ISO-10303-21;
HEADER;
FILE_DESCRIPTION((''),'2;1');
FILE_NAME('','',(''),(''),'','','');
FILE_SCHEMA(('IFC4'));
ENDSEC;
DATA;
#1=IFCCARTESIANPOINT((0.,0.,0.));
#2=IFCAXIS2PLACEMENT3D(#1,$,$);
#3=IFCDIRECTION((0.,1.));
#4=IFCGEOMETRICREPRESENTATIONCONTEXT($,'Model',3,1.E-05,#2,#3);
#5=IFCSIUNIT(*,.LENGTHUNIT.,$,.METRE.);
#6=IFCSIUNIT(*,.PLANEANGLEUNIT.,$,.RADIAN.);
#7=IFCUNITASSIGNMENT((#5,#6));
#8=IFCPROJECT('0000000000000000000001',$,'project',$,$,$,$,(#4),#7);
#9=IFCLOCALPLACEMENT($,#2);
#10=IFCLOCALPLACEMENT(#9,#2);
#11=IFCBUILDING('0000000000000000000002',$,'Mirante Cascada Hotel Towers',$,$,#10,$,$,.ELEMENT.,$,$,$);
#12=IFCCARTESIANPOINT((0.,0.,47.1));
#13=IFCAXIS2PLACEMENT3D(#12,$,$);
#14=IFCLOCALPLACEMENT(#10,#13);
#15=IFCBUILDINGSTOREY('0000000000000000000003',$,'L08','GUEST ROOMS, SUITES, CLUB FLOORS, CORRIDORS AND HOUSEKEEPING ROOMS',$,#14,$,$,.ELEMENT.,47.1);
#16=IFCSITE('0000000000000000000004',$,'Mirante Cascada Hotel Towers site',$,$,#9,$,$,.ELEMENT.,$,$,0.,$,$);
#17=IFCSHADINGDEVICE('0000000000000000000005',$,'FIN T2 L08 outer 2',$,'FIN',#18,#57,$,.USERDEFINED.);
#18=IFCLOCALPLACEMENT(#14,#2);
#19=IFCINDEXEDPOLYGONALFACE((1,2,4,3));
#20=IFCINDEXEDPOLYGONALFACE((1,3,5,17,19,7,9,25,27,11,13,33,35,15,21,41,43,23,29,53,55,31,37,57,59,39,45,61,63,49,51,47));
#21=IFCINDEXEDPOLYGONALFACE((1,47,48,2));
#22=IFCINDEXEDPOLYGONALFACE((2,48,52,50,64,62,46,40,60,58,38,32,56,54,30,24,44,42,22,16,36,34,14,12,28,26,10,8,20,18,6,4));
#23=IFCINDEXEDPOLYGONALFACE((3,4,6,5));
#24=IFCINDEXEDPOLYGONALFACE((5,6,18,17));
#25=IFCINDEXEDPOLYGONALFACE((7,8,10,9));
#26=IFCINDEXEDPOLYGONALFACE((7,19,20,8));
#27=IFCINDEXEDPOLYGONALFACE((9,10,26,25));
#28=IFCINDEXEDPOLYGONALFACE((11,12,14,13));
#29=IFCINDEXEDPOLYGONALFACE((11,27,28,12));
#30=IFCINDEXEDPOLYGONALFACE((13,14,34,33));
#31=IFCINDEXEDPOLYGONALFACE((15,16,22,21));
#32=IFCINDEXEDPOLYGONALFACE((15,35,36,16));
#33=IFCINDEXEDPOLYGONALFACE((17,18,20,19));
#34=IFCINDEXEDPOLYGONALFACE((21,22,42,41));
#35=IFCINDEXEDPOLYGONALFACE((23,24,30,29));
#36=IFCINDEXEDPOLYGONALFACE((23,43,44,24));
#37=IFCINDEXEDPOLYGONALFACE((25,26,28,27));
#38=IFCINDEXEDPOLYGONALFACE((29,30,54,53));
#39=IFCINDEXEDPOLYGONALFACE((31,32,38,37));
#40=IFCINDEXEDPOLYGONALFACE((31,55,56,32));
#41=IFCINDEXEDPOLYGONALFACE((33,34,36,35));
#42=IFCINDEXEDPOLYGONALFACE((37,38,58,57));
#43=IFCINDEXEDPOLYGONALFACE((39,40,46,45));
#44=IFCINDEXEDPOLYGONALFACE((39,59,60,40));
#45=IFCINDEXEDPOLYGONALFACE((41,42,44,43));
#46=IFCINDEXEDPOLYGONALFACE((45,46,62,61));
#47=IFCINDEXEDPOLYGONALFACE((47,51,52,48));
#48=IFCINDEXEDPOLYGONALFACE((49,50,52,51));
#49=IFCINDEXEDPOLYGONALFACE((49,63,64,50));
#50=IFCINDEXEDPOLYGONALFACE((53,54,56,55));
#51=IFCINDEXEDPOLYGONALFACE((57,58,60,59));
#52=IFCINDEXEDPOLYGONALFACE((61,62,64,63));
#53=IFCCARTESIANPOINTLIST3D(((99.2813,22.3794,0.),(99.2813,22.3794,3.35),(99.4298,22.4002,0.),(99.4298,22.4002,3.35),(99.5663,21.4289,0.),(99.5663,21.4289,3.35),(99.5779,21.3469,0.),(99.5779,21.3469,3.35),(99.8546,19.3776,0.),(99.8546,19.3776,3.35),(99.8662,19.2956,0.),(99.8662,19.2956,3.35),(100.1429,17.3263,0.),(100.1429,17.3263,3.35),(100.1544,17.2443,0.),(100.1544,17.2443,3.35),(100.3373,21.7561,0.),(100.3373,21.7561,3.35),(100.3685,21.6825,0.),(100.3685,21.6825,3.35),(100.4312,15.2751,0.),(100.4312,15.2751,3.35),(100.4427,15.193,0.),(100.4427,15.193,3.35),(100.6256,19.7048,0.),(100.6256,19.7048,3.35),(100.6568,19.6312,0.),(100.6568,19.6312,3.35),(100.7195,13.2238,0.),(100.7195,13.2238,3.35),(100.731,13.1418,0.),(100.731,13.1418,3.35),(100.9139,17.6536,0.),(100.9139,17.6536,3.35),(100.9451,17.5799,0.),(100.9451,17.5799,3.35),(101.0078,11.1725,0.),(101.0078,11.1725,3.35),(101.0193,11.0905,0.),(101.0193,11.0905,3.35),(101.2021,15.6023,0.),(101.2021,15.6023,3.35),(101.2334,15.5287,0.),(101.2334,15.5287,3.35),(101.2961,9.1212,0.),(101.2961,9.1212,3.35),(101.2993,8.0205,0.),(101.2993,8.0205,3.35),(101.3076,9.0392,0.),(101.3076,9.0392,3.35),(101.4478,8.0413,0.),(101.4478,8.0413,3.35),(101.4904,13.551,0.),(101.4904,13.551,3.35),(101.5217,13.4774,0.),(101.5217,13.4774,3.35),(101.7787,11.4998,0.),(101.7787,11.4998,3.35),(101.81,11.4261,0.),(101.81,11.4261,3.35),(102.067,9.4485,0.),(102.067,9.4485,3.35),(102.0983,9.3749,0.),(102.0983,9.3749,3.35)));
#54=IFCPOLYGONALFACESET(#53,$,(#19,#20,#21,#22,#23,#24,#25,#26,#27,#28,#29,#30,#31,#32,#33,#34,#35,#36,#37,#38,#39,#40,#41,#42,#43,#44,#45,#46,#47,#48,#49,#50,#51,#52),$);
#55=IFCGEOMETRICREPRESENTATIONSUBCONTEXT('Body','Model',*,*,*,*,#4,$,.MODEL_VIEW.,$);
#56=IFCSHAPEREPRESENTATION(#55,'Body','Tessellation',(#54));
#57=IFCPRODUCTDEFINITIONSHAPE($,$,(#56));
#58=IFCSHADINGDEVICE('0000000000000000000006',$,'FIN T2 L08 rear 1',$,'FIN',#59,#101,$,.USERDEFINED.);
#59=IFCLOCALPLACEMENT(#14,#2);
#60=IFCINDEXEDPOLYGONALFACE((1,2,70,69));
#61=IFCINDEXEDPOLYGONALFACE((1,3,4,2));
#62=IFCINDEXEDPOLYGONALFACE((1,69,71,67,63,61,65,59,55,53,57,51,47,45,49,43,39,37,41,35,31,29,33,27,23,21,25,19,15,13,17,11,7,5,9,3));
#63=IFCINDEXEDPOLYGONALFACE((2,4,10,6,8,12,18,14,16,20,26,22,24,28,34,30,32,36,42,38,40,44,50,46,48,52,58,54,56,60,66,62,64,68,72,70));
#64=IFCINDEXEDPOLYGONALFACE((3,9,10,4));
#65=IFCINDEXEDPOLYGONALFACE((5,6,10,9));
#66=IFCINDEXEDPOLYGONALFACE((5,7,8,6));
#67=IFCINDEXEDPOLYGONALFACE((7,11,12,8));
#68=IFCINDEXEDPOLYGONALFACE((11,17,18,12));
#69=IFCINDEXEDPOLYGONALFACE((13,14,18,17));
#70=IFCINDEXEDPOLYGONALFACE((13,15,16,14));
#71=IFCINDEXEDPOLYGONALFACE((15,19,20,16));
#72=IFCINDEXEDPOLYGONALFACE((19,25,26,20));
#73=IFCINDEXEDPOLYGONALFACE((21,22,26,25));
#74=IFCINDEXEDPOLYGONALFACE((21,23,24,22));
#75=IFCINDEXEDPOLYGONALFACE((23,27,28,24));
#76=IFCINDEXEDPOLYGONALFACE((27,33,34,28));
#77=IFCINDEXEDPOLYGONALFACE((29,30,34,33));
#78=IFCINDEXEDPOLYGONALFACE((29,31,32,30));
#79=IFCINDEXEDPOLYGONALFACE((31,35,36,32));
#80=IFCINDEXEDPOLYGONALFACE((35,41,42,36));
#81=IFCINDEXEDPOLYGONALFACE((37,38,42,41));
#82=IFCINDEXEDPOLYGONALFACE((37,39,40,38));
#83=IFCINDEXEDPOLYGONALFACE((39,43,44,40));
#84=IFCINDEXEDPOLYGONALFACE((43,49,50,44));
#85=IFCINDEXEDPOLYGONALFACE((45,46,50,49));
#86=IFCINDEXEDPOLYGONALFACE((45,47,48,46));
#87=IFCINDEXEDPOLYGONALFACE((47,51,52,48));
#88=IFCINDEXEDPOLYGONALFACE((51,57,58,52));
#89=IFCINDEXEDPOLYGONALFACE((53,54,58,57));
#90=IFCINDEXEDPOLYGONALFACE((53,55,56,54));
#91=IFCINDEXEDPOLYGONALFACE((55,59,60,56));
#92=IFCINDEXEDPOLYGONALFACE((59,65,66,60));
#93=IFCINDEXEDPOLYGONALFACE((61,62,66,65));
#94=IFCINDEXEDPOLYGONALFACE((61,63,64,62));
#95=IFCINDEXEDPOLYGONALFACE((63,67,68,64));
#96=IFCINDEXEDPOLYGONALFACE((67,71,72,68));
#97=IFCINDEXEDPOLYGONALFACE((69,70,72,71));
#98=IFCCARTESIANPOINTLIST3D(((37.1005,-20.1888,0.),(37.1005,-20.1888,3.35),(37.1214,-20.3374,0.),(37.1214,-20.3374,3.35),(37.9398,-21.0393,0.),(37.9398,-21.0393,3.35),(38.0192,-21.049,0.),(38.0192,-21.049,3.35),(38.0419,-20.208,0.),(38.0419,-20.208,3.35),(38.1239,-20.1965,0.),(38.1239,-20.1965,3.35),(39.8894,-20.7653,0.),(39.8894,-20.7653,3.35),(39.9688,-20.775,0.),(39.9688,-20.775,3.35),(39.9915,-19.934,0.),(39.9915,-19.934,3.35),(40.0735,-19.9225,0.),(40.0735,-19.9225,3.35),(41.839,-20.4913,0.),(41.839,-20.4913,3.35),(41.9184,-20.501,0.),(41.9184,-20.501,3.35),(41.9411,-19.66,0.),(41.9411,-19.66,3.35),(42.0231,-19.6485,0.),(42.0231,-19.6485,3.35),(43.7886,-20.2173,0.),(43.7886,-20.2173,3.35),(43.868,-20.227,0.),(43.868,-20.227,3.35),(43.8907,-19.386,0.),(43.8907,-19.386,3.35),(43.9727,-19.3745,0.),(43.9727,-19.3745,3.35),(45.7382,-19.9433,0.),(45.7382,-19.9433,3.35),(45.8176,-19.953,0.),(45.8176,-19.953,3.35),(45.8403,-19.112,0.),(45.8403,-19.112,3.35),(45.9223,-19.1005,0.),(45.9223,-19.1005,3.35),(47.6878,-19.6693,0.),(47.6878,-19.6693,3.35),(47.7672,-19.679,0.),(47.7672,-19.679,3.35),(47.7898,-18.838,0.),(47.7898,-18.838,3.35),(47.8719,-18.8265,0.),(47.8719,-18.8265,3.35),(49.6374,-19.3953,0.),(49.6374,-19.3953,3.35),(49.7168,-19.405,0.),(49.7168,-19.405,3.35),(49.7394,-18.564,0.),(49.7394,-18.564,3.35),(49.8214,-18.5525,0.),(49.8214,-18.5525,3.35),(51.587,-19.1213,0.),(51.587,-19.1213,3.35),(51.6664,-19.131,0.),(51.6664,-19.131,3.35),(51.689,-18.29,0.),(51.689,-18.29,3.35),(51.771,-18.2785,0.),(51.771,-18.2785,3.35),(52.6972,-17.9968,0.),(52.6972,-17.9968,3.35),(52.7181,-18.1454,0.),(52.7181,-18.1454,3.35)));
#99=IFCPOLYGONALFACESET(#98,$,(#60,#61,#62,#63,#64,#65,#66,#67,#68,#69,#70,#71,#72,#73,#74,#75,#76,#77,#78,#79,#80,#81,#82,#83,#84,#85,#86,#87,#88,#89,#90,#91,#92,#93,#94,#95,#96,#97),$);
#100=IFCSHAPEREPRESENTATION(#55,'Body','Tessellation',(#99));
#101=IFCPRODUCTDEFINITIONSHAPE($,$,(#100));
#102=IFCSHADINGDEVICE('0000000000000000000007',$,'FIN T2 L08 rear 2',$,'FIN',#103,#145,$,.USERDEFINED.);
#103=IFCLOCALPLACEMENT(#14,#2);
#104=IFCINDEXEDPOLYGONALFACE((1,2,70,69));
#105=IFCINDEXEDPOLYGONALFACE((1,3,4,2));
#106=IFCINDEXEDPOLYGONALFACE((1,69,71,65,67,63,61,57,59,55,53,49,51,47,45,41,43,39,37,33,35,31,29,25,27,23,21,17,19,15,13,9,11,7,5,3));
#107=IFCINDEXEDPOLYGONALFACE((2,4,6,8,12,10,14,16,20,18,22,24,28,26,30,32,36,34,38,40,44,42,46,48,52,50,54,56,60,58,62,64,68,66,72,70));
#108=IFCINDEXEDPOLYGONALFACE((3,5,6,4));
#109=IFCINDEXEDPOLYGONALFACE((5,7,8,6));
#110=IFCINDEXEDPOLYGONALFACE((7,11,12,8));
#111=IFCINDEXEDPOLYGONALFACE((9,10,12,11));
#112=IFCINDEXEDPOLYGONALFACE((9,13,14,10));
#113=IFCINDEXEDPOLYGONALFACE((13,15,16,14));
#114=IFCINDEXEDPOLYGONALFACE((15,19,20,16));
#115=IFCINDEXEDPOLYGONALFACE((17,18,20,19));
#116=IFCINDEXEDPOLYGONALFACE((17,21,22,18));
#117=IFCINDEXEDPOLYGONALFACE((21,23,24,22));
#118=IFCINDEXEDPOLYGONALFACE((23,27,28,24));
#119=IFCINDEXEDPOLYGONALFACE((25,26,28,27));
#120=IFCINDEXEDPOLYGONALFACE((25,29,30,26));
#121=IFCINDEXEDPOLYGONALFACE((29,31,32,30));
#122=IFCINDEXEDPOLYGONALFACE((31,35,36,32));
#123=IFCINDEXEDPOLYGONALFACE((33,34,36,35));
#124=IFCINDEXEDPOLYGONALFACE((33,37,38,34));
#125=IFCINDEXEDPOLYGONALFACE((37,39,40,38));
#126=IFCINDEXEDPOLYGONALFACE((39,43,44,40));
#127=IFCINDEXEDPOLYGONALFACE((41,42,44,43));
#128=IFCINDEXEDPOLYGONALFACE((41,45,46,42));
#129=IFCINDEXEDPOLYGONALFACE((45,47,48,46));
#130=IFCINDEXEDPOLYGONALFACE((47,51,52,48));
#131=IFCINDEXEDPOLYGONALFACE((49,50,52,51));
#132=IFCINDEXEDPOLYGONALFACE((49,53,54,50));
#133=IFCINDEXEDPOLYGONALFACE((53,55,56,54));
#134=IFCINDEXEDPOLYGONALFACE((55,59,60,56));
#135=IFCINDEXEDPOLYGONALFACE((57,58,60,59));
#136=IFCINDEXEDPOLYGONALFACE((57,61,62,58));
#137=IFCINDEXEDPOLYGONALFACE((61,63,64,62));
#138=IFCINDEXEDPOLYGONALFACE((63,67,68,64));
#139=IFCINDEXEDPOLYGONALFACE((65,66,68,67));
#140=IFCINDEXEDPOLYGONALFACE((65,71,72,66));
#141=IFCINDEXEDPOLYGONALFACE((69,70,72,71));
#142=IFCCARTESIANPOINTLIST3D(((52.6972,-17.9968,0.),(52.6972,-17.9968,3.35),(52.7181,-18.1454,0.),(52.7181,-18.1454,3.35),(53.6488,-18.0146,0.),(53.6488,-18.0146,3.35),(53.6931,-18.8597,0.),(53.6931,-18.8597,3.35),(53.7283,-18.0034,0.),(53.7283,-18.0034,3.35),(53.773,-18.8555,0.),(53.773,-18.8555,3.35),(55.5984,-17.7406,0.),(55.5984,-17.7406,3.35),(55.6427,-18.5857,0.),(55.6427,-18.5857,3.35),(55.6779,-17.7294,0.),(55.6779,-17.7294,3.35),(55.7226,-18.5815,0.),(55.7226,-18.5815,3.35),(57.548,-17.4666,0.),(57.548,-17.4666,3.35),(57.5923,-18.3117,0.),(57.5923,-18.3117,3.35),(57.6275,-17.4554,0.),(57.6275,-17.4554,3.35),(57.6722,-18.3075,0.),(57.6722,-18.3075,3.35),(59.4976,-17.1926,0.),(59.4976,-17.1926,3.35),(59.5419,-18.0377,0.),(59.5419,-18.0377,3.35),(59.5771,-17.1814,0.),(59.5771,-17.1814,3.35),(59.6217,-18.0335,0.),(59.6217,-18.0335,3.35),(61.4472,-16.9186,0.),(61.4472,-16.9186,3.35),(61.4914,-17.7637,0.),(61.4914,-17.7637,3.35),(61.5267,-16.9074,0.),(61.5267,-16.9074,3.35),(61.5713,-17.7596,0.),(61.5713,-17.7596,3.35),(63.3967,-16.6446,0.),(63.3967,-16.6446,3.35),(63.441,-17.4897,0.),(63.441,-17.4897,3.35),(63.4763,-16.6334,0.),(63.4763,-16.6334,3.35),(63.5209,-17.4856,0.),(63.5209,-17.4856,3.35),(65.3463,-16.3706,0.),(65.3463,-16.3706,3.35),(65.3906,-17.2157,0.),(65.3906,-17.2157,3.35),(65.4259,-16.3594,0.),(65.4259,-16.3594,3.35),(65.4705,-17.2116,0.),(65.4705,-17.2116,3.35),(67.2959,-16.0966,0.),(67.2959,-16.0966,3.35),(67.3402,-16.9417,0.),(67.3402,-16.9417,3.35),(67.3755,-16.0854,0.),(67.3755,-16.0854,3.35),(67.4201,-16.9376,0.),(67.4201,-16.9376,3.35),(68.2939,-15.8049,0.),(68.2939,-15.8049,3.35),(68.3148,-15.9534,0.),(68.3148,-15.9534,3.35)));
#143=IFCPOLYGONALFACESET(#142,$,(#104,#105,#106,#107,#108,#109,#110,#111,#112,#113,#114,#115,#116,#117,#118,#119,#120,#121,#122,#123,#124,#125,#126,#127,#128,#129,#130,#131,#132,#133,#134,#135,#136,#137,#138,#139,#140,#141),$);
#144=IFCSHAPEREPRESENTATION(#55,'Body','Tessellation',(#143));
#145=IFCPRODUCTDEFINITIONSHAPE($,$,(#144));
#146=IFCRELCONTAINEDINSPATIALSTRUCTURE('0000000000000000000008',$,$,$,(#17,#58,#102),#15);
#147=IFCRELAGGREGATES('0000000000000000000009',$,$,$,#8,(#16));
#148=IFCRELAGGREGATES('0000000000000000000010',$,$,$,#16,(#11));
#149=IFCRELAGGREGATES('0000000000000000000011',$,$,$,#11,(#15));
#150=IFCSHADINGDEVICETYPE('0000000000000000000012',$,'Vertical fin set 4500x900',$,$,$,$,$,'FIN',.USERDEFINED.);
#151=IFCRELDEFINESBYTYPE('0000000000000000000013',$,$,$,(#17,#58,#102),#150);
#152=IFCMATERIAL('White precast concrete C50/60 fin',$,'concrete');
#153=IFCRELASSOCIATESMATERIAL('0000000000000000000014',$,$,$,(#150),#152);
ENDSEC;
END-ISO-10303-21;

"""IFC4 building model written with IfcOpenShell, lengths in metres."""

from ifc_helpers import new_model, si_unit, direction, frame, origin, place, context, subcontext, project, spatial, polyline, outline, extrude, material, type_object, element, save


model = new_model("IFC4")

# Units and contexts
model_context = context("Model", 3, precision=1e-05, world=origin(), true_north=direction((0.0, 1.0)))
body_context = subcontext(model_context, "Body", "Model", "MODEL_VIEW")
ifc_project = project(units=[si_unit("LENGTHUNIT", "METRE"), si_unit("PLANEANGLEUNIT", "RADIAN")], contexts=[model_context])

# Site, building, storey
site_placement = place(None, origin())
site = spatial("IfcSite", under=ifc_project, at=site_placement, Name="Mirante Cascada Hotel Towers site", CompositionType="ELEMENT", RefElevation=0.0)
building_placement = place(site_placement, origin())
building = spatial("IfcBuilding", under=site, at=building_placement, Name="Mirante Cascada Hotel Towers", CompositionType="ELEMENT")
storey_placement = place(building_placement, frame((0.0, 0.0, 47.1)))
storey = spatial("IfcBuildingStorey", under=building, at=storey_placement, Name="L08", Description="GUEST ROOMS, SUITES, CLUB FLOORS, CORRIDORS AND HOUSEKEEPING ROOMS", CompositionType="ELEMENT", Elevation=47.1)

# Shading devices
ifc_material_1 = material(Name="White precast concrete C50/60 fin", Category="concrete")
shading_device_type = type_object("IfcShadingDeviceType", Name="Vertical fin set 4500x900", ElementType="FIN", PredefinedType="USERDEFINED", material=ifc_material_1)
shading_device_1_placement = place(storey_placement, origin())
element("IfcShadingDevice", 1, at=shading_device_1_placement, inside=storey, type_object=shading_device_type, Name="FIN T2 L08 outer 2", ObjectType="FIN", PredefinedType="USERDEFINED", context=body_context, shape_type="SweptSolid", body=[
    extrude(outline(polyline([(102.0983, 9.3749), (101.3076, 9.0392), (101.4478, 8.0413), (101.2993, 8.0205), (99.2813, 22.3794), (99.4298, 22.4002), (99.5663, 21.4289), (100.3373, 21.7561), (100.3685, 21.6825), (99.5779, 21.3469), (99.8546, 19.3776), (100.6256, 19.7048), (100.6568, 19.6312), (99.8662, 19.2956), (100.1429, 17.3263), (100.9139, 17.6536), (100.9451, 17.5799), (100.1544, 17.2443), (100.4312, 15.2751), (101.2021, 15.6023), (101.2334, 15.5287), (100.4427, 15.193), (100.7195, 13.2238), (101.4904, 13.551), (101.5217, 13.4774), (100.731, 13.1418), (101.0078, 11.1725), (101.7787, 11.4998), (101.81, 11.4261), (101.0193, 11.0905), (101.2961, 9.1212), (102.067, 9.4485), (102.0983, 9.3749)])), origin(), (0.0, 0.0, 1.0), 3.35),
])
shading_device_2_placement = place(storey_placement, origin())
element("IfcShadingDevice", 2, at=shading_device_2_placement, inside=storey, type_object=shading_device_type, Name="FIN T2 L08 rear 1", ObjectType="FIN", PredefinedType="USERDEFINED", context=body_context, shape_type="SweptSolid", body=[
    extrude(outline(polyline([(37.9398, -21.0393), (38.0419, -20.208), (37.1214, -20.3374), (37.1005, -20.1888), (52.6972, -17.9968), (52.7181, -18.1454), (51.771, -18.2785), (51.6664, -19.131), (51.587, -19.1213), (51.689, -18.29), (49.8214, -18.5525), (49.7168, -19.405), (49.6374, -19.3953), (49.7394, -18.564), (47.8719, -18.8265), (47.7672, -19.679), (47.6878, -19.6693), (47.7898, -18.838), (45.9223, -19.1005), (45.8176, -19.953), (45.7382, -19.9433), (45.8403, -19.112), (43.9727, -19.3745), (43.868, -20.227), (43.7886, -20.2173), (43.8907, -19.386), (42.0231, -19.6485), (41.9184, -20.501), (41.839, -20.4913), (41.9411, -19.66), (40.0735, -19.9225), (39.9688, -20.775), (39.8894, -20.7653), (39.9915, -19.934), (38.1239, -20.1965), (38.0192, -21.049), (37.9398, -21.0393)])), origin(), (0.0, 0.0, 1.0), 3.35),
])
shading_device_3_placement = place(storey_placement, origin())
element("IfcShadingDevice", 3, at=shading_device_3_placement, inside=storey, type_object=shading_device_type, Name="FIN T2 L08 rear 2", ObjectType="FIN", PredefinedType="USERDEFINED", context=body_context, shape_type="SweptSolid", body=[
    extrude(outline(polyline([(53.6931, -18.8597), (53.6488, -18.0146), (52.7181, -18.1454), (52.6972, -17.9968), (68.2939, -15.8049), (68.3148, -15.9534), (67.3755, -16.0854), (67.4201, -16.9376), (67.3402, -16.9417), (67.2959, -16.0966), (65.4259, -16.3594), (65.4705, -17.2116), (65.3906, -17.2157), (65.3463, -16.3706), (63.4763, -16.6334), (63.5209, -17.4856), (63.441, -17.4897), (63.3967, -16.6446), (61.5267, -16.9074), (61.5713, -17.7596), (61.4914, -17.7637), (61.4472, -16.9186), (59.5771, -17.1814), (59.6217, -18.0335), (59.5419, -18.0377), (59.4976, -17.1926), (57.6275, -17.4554), (57.6722, -18.3075), (57.5923, -18.3117), (57.548, -17.4666), (55.6779, -17.7294), (55.7226, -18.5815), (55.6427, -18.5857), (55.5984, -17.7406), (53.7283, -18.0034), (53.773, -18.8555), (53.6931, -18.8597)])), origin(), (0.0, 0.0, 1.0), 3.35),
])

save(model, "model.ifc")
